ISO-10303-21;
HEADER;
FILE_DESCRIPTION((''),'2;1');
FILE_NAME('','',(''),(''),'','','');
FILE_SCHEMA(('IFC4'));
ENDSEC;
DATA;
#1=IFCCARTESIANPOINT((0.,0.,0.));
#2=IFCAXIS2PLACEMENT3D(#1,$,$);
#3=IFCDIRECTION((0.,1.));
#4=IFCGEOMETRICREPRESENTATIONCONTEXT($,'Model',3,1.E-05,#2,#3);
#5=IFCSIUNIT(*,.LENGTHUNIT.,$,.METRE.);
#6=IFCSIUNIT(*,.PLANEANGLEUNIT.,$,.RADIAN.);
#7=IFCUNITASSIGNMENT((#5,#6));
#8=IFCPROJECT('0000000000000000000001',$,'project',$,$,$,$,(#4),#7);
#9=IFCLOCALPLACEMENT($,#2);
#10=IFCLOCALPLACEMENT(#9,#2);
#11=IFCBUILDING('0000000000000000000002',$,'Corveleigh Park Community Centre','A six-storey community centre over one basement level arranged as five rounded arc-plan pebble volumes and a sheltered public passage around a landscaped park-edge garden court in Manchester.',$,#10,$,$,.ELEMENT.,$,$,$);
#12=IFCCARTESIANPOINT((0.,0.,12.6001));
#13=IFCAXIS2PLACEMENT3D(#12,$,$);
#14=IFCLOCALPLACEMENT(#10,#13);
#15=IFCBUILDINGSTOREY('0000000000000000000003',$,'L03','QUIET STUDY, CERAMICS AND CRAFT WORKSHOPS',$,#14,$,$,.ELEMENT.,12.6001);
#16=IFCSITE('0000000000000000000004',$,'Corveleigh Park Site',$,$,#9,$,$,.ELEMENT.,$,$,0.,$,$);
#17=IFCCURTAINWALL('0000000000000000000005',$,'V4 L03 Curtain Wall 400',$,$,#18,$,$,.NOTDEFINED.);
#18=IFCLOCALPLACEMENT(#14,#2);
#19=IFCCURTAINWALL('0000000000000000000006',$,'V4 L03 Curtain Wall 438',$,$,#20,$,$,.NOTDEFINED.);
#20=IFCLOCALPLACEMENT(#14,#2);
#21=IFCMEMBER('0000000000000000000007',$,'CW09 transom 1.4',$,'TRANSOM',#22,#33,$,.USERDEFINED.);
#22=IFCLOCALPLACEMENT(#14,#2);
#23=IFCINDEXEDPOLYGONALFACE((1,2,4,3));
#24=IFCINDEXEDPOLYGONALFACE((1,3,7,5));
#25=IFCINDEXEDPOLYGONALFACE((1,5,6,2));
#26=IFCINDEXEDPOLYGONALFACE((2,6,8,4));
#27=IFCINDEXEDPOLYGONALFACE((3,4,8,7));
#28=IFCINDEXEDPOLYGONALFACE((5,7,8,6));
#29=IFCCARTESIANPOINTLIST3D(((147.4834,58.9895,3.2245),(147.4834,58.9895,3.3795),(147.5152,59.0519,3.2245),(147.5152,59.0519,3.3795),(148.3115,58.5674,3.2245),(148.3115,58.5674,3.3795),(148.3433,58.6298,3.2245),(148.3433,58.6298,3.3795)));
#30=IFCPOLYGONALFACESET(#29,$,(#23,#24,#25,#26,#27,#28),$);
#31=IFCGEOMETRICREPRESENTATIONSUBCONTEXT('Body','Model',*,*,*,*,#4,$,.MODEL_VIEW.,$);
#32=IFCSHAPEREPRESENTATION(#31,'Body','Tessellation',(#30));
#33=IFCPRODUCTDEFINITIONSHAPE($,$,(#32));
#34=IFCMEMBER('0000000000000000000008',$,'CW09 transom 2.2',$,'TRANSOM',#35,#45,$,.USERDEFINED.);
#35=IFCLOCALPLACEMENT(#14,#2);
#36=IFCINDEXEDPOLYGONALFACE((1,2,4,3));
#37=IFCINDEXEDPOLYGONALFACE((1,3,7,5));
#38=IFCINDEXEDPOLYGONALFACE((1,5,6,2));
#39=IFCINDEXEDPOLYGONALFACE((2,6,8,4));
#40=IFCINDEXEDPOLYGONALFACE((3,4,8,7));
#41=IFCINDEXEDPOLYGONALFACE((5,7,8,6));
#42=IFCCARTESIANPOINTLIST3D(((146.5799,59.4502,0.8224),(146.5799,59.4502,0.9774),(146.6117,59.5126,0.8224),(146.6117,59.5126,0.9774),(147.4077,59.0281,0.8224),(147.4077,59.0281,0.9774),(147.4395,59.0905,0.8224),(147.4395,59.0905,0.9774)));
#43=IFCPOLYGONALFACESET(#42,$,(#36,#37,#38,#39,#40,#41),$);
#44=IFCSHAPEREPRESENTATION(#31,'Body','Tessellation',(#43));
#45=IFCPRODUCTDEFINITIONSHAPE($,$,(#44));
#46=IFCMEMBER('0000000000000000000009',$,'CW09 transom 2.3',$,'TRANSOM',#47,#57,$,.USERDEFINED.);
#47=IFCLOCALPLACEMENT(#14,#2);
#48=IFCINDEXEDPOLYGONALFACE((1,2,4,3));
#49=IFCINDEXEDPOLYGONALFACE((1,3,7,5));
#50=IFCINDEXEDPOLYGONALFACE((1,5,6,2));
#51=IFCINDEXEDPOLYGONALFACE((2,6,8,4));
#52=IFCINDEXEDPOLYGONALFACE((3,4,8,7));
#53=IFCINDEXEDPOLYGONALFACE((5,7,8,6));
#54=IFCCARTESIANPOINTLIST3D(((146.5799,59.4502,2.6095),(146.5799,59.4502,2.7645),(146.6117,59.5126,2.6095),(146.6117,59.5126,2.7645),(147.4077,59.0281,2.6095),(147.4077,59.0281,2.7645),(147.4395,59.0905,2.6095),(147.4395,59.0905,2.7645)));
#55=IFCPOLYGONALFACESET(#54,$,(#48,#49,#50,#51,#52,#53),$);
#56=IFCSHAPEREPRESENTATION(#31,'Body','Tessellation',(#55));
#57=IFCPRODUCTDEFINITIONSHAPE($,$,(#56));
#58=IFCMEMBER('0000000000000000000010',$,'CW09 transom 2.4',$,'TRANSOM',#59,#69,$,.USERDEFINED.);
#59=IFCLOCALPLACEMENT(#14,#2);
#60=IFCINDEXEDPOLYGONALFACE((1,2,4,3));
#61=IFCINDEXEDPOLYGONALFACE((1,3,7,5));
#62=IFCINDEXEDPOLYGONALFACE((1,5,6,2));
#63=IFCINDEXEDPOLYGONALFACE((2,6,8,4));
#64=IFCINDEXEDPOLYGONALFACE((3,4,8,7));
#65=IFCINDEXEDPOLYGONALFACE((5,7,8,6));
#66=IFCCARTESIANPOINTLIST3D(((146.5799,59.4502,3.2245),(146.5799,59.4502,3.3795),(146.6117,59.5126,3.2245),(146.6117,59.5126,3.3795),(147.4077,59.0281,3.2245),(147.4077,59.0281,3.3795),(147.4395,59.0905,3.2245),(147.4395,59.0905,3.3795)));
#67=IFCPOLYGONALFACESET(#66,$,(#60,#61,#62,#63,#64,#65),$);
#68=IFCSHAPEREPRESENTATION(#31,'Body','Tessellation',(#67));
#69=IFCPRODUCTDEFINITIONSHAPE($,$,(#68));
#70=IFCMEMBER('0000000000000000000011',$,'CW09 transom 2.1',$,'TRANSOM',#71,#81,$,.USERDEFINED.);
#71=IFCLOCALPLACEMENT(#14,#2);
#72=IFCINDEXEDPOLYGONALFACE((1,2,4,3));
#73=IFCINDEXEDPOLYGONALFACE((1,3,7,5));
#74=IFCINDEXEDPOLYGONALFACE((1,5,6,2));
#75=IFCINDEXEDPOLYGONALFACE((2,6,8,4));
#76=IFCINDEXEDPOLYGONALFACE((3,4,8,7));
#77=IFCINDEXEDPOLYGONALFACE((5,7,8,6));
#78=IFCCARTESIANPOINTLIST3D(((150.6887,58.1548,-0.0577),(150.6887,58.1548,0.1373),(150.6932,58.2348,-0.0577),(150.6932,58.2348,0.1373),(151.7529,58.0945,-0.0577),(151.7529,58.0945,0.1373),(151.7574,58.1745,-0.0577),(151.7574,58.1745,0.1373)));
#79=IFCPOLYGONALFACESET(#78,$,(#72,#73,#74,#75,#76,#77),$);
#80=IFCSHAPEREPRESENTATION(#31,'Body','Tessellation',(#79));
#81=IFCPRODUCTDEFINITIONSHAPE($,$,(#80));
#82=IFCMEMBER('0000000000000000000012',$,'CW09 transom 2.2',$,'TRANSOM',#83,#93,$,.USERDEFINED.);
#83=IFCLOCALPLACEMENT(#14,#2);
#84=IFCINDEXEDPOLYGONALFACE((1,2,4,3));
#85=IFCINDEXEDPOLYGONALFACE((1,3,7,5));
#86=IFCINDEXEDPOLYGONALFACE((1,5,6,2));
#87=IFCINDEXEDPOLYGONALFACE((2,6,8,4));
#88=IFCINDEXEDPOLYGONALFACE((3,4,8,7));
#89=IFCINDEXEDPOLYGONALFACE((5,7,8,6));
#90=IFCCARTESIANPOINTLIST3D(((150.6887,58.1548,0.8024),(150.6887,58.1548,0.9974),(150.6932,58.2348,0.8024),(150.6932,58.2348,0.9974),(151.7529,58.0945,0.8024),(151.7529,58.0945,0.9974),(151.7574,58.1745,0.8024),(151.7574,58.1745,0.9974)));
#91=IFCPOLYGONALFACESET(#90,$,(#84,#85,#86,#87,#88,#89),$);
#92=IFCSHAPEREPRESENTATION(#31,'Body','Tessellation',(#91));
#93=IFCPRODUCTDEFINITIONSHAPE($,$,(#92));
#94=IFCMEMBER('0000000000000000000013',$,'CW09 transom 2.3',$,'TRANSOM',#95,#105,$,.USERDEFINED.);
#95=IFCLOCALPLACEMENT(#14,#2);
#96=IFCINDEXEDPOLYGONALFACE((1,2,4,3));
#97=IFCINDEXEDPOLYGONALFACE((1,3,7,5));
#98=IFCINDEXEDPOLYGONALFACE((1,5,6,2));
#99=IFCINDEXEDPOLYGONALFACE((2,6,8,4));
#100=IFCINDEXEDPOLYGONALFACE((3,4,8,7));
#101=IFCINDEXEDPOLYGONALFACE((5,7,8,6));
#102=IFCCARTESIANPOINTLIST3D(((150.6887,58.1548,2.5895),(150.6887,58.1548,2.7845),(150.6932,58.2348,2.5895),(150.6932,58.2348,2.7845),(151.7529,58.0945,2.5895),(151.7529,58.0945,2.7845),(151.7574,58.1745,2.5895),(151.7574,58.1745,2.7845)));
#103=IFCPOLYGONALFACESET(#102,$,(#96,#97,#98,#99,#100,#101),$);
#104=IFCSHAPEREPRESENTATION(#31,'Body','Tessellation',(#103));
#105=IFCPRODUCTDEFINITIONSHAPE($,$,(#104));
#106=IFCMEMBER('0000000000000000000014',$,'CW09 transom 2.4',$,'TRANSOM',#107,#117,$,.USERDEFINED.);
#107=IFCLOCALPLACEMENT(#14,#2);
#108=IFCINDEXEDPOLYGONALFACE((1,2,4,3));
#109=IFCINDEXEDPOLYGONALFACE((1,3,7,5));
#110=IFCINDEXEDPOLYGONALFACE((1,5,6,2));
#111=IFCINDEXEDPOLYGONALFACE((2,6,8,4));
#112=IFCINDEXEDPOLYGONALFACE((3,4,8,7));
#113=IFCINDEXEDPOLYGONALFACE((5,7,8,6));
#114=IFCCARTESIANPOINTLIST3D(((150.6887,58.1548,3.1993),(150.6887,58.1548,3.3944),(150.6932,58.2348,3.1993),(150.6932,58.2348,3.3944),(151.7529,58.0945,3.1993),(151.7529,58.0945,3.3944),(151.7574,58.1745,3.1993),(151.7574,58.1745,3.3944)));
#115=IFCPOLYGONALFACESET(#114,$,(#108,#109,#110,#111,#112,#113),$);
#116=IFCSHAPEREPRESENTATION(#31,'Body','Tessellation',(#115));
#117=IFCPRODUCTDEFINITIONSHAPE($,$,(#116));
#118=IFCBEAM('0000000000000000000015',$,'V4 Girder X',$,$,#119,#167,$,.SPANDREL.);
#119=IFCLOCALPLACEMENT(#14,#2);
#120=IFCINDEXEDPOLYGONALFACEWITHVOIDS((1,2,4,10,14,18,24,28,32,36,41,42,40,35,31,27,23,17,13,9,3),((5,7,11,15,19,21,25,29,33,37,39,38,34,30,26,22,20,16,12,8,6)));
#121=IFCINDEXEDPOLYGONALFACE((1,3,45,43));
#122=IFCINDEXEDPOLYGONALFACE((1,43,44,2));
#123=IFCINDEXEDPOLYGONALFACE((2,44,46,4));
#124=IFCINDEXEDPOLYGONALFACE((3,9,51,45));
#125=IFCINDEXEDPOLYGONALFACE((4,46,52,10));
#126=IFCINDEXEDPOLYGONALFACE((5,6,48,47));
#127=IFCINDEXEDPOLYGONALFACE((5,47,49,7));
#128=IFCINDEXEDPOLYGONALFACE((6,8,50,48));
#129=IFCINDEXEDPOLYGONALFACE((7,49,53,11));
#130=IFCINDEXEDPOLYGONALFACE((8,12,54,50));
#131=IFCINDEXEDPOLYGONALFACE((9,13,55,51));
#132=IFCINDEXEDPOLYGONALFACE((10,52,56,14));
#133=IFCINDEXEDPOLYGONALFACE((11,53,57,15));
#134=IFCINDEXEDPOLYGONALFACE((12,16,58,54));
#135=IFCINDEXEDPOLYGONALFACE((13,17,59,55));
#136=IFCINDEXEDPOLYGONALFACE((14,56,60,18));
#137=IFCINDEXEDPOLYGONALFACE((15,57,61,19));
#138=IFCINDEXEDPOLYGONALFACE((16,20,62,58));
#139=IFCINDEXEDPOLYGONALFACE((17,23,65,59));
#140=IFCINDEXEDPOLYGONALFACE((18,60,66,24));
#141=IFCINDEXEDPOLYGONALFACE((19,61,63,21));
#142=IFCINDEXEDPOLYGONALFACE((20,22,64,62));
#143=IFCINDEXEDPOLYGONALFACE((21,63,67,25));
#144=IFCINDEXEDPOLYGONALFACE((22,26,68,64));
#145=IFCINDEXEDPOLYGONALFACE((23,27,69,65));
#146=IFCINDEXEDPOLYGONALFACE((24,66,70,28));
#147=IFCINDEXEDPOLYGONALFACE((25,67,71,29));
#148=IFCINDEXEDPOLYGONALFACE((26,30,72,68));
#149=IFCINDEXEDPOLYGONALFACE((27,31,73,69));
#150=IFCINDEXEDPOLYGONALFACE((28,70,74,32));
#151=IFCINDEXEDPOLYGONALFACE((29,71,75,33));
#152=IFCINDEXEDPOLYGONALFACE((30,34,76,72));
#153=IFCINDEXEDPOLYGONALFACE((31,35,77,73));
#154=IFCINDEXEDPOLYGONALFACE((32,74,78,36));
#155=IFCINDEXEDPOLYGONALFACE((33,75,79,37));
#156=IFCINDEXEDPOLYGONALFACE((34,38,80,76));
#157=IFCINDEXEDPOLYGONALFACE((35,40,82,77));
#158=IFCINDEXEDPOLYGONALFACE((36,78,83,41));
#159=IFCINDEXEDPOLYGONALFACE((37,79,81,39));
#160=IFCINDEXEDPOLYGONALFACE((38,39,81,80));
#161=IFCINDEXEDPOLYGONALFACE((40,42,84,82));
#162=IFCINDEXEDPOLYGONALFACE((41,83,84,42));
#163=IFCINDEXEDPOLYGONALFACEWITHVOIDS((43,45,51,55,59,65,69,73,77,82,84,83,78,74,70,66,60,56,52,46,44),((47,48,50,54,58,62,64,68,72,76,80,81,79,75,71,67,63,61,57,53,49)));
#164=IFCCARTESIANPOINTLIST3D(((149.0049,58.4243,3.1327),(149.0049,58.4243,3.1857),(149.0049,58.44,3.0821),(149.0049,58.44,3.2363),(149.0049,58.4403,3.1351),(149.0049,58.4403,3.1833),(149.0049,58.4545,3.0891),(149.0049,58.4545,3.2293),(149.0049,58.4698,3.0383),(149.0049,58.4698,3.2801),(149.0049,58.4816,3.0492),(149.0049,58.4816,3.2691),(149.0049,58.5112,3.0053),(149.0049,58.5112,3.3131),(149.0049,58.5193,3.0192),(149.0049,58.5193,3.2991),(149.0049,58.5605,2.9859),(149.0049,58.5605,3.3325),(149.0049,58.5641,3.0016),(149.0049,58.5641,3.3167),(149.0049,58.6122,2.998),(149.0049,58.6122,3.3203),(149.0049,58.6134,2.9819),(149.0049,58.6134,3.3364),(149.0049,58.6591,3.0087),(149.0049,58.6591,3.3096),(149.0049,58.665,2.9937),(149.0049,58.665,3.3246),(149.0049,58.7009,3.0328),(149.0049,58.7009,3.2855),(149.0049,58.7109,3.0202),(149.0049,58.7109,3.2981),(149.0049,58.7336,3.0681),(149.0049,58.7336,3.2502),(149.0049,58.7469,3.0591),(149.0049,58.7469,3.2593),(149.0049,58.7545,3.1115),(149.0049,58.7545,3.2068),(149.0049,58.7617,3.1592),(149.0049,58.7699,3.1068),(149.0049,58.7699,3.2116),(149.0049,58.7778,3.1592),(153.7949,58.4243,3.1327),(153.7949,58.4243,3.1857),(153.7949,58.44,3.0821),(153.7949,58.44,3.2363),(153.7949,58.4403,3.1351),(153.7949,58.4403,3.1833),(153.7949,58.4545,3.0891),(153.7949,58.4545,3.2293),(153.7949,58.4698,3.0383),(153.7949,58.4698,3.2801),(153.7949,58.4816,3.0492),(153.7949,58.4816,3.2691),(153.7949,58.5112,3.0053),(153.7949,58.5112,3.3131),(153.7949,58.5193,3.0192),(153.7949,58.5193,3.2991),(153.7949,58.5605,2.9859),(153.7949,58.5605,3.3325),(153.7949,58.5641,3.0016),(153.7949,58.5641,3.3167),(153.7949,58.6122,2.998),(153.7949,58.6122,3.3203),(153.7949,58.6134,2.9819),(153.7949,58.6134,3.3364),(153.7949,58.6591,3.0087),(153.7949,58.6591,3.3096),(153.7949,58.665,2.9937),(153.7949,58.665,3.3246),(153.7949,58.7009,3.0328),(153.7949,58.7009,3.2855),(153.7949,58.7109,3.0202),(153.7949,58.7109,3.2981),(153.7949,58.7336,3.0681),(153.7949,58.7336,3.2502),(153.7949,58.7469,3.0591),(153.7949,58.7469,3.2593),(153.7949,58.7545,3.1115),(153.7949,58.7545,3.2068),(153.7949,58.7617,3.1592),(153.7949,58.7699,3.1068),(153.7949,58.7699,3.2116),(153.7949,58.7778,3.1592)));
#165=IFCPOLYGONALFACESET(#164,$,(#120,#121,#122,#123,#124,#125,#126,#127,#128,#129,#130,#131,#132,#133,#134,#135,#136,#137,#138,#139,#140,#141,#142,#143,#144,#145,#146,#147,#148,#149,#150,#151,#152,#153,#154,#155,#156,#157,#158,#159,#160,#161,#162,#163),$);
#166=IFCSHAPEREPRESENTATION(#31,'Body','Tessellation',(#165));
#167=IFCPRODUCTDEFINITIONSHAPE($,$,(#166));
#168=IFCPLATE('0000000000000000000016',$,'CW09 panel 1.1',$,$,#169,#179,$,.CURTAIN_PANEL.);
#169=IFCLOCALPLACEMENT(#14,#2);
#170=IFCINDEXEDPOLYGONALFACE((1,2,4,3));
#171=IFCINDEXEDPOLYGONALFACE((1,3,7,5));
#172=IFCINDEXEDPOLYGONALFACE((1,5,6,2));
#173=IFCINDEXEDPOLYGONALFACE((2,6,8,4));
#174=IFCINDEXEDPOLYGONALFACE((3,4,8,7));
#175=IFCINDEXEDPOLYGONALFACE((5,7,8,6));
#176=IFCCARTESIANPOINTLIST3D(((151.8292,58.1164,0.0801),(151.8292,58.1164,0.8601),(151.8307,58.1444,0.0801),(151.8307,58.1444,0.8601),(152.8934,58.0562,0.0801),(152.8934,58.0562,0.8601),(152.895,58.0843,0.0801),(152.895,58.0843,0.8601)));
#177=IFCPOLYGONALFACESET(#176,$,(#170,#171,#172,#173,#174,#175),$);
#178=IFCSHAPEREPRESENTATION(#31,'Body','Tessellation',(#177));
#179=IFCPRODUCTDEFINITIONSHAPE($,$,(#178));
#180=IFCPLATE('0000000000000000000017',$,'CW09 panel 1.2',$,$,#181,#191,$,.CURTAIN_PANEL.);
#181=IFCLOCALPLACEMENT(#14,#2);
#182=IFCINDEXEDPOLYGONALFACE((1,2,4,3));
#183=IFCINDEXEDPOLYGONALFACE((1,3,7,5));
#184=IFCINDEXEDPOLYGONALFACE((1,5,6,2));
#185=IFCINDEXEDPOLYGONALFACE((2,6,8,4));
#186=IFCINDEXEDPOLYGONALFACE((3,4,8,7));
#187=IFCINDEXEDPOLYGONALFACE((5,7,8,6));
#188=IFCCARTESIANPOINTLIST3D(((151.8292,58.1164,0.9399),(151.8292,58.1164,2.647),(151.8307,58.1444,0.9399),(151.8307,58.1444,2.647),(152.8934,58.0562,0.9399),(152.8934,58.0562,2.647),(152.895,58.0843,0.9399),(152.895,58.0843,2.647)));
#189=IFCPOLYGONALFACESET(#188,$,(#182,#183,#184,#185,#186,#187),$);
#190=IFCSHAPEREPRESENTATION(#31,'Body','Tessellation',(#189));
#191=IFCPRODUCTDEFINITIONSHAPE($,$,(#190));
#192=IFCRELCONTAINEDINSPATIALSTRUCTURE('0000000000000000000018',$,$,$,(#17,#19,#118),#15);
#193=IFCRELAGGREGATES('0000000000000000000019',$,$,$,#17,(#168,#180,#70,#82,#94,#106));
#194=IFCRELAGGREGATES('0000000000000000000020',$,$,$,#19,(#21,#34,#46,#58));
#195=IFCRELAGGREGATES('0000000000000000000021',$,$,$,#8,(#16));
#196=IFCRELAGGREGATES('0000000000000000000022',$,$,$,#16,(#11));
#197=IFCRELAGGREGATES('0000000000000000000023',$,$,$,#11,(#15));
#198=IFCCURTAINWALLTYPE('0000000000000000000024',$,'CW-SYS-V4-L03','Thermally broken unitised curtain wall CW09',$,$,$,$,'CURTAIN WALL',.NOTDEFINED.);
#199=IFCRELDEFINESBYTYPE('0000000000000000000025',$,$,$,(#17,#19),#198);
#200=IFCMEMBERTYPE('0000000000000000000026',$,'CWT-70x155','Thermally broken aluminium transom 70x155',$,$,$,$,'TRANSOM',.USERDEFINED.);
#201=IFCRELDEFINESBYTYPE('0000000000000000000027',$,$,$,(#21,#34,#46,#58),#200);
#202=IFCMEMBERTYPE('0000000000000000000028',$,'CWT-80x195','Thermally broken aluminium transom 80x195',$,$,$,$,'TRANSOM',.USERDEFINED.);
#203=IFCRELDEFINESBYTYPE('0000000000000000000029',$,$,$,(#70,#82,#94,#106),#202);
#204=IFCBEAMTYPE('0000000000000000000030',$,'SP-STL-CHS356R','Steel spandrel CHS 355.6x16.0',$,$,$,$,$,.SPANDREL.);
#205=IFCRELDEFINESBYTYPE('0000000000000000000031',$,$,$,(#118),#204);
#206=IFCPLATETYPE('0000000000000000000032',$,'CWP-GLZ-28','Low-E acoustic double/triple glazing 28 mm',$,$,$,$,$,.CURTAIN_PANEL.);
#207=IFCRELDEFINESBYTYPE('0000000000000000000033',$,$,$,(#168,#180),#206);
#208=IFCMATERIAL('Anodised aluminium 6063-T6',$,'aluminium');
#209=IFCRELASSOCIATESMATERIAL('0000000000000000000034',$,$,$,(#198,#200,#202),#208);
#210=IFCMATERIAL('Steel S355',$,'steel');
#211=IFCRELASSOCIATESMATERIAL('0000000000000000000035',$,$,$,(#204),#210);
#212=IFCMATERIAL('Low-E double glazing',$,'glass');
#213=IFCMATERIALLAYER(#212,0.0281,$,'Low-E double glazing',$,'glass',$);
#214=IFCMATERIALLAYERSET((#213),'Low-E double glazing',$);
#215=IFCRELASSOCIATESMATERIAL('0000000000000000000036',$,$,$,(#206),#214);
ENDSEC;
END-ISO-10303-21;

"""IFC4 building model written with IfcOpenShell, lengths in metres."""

from ifc_helpers import new_model, si_unit, direction, frame, origin, origin_2d, place, context, subcontext, project, spatial, rectangle, hollow_circle, extrude, material, layer, layer_set, material_profile, profile_set, type_object, element, aggregate, save


model = new_model("IFC4")

# Units and contexts
model_context = context("Model", 3, precision=1e-05, world=origin(), true_north=direction((0.0, 1.0)))
body_context = subcontext(model_context, "Body", "Model", "MODEL_VIEW")
ifc_project = project(units=[si_unit("LENGTHUNIT", "METRE"), si_unit("PLANEANGLEUNIT", "RADIAN")], contexts=[model_context])

# Site, building, storey
site_placement = place(None, origin())
site = spatial("IfcSite", under=ifc_project, at=site_placement, Name="Corveleigh Park Site", CompositionType="ELEMENT", RefElevation=0.0)
building_placement = place(site_placement, origin())
building = spatial("IfcBuilding", under=site, at=building_placement, Name="Corveleigh Park Community Centre", Description="A six-storey community centre over one basement level arranged as five rounded arc-plan pebble volumes and a sheltered public passage around a landscaped park-edge garden court in Manchester.", CompositionType="ELEMENT")
storey_placement = place(building_placement, frame((0.0, 0.0, 12.6001)))
storey = spatial("IfcBuildingStorey", under=building, at=storey_placement, Name="L03", Description="QUIET STUDY, CERAMICS AND CRAFT WORKSHOPS", CompositionType="ELEMENT", Elevation=12.6001)

# Shared definitions
ifc_material_1 = material(Name="Steel S355", Category="steel")

# Curtain walls, members
ifc_material_2 = material(Name="Anodised aluminium 6063-T6", Category="aluminium")
curtain_wall_type = type_object("IfcCurtainWallType", Name="CW-SYS-V4-L03", Description="Thermally broken unitised curtain wall CW09", ElementType="CURTAIN WALL", PredefinedType="NOTDEFINED", material=ifc_material_2)
curtain_wall_1_placement = place(storey_placement, origin())
curtain_wall_1 = element("IfcCurtainWall", 1, at=curtain_wall_1_placement, inside=storey, type_object=curtain_wall_type, Name="V4 L03 Curtain Wall 400", PredefinedType="NOTDEFINED")
curtain_wall_2_placement = place(storey_placement, origin())
curtain_wall_2 = element("IfcCurtainWall", 2, at=curtain_wall_2_placement, inside=storey, type_object=curtain_wall_type, Name="V4 L03 Curtain Wall 438", PredefinedType="NOTDEFINED")
ifc_material_profile_1 = material_profile(ifc_material_2, rectangle(XDim=0.0701, YDim=0.155, at=origin_2d()), Name="ALU-T70x155", Category="aluminium")
ifc_profile_set_1 = profile_set([ifc_material_profile_1], Name="Anodised aluminium 6063-T6")
member_type_1 = type_object("IfcMemberType", Name="CWT-70x155", Description="Thermally broken aluminium transom 70x155", ElementType="TRANSOM", PredefinedType="USERDEFINED", material=ifc_profile_set_1)
member_1_placement = place(storey_placement, frame((148.3274, 58.5986, 3.302), z_axis=(-0.890933, 0.454134, 0.0), x_axis=(-0.454134, -0.890933, 0.0)))
member_1 = element("IfcMember", 3, at=member_1_placement, type_object=member_type_1, Name="CW09 transom 1.4", ObjectType="TRANSOM", PredefinedType="USERDEFINED", context=body_context, shape_type="SweptSolid", body=[
    extrude(rectangle(XDim=0.0701, YDim=0.155, at=origin_2d()), origin(), (0.0, 0.0, 1.0), 0.9294),
])
member_2_placement = place(storey_placement, frame((147.4236, 59.0593, 0.8999), z_axis=(-0.890879, 0.454241, 0.0), x_axis=(-0.454241, -0.890879, 0.0)))
member_2 = element("IfcMember", 4, at=member_2_placement, type_object=member_type_1, Name="CW09 transom 2.2", ObjectType="TRANSOM", PredefinedType="USERDEFINED", context=body_context, shape_type="SweptSolid", body=[
    extrude(rectangle(XDim=0.0701, YDim=0.155, at=origin_2d()), origin(), (0.0, 0.0, 1.0), 0.9292),
])
member_3_placement = place(storey_placement, frame((147.4236, 59.0593, 2.687), z_axis=(-0.890879, 0.454241, 0.0), x_axis=(-0.454241, -0.890879, 0.0)))
member_3 = element("IfcMember", 5, at=member_3_placement, type_object=member_type_1, Name="CW09 transom 2.3", ObjectType="TRANSOM", PredefinedType="USERDEFINED", context=body_context, shape_type="SweptSolid", body=[
    extrude(rectangle(XDim=0.0701, YDim=0.155, at=origin_2d()), origin(), (0.0, 0.0, 1.0), 0.9292),
])
member_4_placement = place(storey_placement, frame((147.4236, 59.0593, 3.302), z_axis=(-0.890879, 0.454241, 0.0), x_axis=(-0.454241, -0.890879, 0.0)))
member_4 = element("IfcMember", 6, at=member_4_placement, type_object=member_type_1, Name="CW09 transom 2.4", ObjectType="TRANSOM", PredefinedType="USERDEFINED", context=body_context, shape_type="SweptSolid", body=[
    extrude(rectangle(XDim=0.0701, YDim=0.155, at=origin_2d()), origin(), (0.0, 0.0, 1.0), 0.9292),
])

# Members
ifc_material_profile_2 = material_profile(ifc_material_2, rectangle(XDim=0.0801, YDim=0.1951, at=origin_2d()), Name="ALU-T80x195", Category="aluminium")
ifc_profile_set_2 = profile_set([ifc_material_profile_2], Name="Anodised aluminium 6063-T6")
member_type_2 = type_object("IfcMemberType", Name="CWT-80x195", Description="Thermally broken aluminium transom 80x195", ElementType="TRANSOM", PredefinedType="USERDEFINED", material=ifc_profile_set_2)
member_5_placement = place(storey_placement, frame((151.7551, 58.1345, 0.0398), z_axis=(-0.998398, 0.056574, 0.0), x_axis=(-0.056574, -0.998398, 0.0)))
member_5 = element("IfcMember", 7, at=member_5_placement, type_object=member_type_2, Name="CW09 transom 2.1", ObjectType="TRANSOM", PredefinedType="USERDEFINED", context=body_context, shape_type="SweptSolid", body=[
    extrude(rectangle(XDim=0.0801, YDim=0.1951, at=origin_2d()), origin(), (0.0, 0.0, 1.0), 1.0659),
])
member_6_placement = place(storey_placement, frame((151.7551, 58.1345, 0.8999), z_axis=(-0.998398, 0.056574, 0.0), x_axis=(-0.056574, -0.998398, 0.0)))
member_6 = element("IfcMember", 8, at=member_6_placement, type_object=member_type_2, Name="CW09 transom 2.2", ObjectType="TRANSOM", PredefinedType="USERDEFINED", context=body_context, shape_type="SweptSolid", body=[
    extrude(rectangle(XDim=0.0801, YDim=0.1951, at=origin_2d()), origin(), (0.0, 0.0, 1.0), 1.0659),
])
member_7_placement = place(storey_placement, frame((151.7551, 58.1345, 2.687), z_axis=(-0.998398, 0.056574, 0.0), x_axis=(-0.056574, -0.998398, 0.0)))
member_7 = element("IfcMember", 9, at=member_7_placement, type_object=member_type_2, Name="CW09 transom 2.3", ObjectType="TRANSOM", PredefinedType="USERDEFINED", context=body_context, shape_type="SweptSolid", body=[
    extrude(rectangle(XDim=0.0801, YDim=0.1951, at=origin_2d()), origin(), (0.0, 0.0, 1.0), 1.0659),
])
member_8_placement = place(storey_placement, frame((151.7551, 58.1345, 3.2969), z_axis=(-0.998398, 0.056574, 0.0), x_axis=(-0.056574, -0.998398, 0.0)))
member_8 = element("IfcMember", 10, at=member_8_placement, type_object=member_type_2, Name="CW09 transom 2.4", ObjectType="TRANSOM", PredefinedType="USERDEFINED", context=body_context, shape_type="SweptSolid", body=[
    extrude(rectangle(XDim=0.0801, YDim=0.1951, at=origin_2d()), origin(), (0.0, 0.0, 1.0), 1.0659),
])

# Beam
ifc_material_profile_3 = material_profile(ifc_material_1, hollow_circle(Radius=0.1777, WallThickness=0.0161, at=origin_2d()), Name="CHS 355.6x16.0", Category="steel")
ifc_profile_set_3 = profile_set([ifc_material_profile_3], Name="Steel S355")
beam_type_1 = type_object("IfcBeamType", Name="SP-STL-CHS356R", Description="Steel spandrel CHS 355.6x16.0", PredefinedType="SPANDREL", material=ifc_profile_set_3)
beam_1_placement = place(storey_placement, frame((149.0049, 58.6001, 3.1592), z_axis=(1.0, 0.0, 0.0), x_axis=(0.0, 1.0, 0.0)))
element("IfcBeam", 11, at=beam_1_placement, inside=storey, type_object=beam_type_1, Name="V4 Girder X", PredefinedType="SPANDREL", context=body_context, shape_type="SweptSolid", body=[
    extrude(hollow_circle(Radius=0.1777, WallThickness=0.0161, at=origin_2d()), origin(), (0.0, 0.0, 1.0), 4.79),
])

# Plates
ifc_material_3 = material(Name="Low-E double glazing", Category="glass")
ifc_layer_1 = layer(ifc_material_3, 0.0281, Name="Low-E double glazing", Category="glass")
ifc_layer_set_1 = layer_set([ifc_layer_1], Name="Low-E double glazing")
plate_type_1 = type_object("IfcPlateType", Name="CWP-GLZ-28", Description="Low-E acoustic double/triple glazing 28 mm", PredefinedType="CURTAIN_PANEL", material=ifc_layer_set_1)
plate_1_placement = place(storey_placement, frame((152.3621, 58.1003, 0.0801), z_axis=(0.0, 0.0, 1.0), x_axis=(-0.998406, 0.056434, 0.0)))
plate_1 = element("IfcPlate", 12, at=plate_1_placement, type_object=plate_type_1, Name="CW09 panel 1.1", PredefinedType="CURTAIN_PANEL", context=body_context, shape_type="SweptSolid", body=[
    extrude(rectangle(XDim=1.0659, YDim=0.0281, at=origin_2d()), origin(), (0.0, 0.0, 1.0), 0.78),
])
plate_2_placement = place(storey_placement, frame((152.3621, 58.1003, 0.9399), z_axis=(0.0, 0.0, 1.0), x_axis=(-0.998406, 0.056434, 0.0)))
plate_2 = element("IfcPlate", 13, at=plate_2_placement, type_object=plate_type_1, Name="CW09 panel 1.2", PredefinedType="CURTAIN_PANEL", context=body_context, shape_type="SweptSolid", body=[
    extrude(rectangle(XDim=1.0659, YDim=0.0281, at=origin_2d()), origin(), (0.0, 0.0, 1.0), 1.707),
])
aggregate(curtain_wall_1, [plate_1, plate_2, member_5, member_6, member_7, member_8])
aggregate(curtain_wall_2, [member_1, member_2, member_3, member_4])

save(model, "model.ifc")
